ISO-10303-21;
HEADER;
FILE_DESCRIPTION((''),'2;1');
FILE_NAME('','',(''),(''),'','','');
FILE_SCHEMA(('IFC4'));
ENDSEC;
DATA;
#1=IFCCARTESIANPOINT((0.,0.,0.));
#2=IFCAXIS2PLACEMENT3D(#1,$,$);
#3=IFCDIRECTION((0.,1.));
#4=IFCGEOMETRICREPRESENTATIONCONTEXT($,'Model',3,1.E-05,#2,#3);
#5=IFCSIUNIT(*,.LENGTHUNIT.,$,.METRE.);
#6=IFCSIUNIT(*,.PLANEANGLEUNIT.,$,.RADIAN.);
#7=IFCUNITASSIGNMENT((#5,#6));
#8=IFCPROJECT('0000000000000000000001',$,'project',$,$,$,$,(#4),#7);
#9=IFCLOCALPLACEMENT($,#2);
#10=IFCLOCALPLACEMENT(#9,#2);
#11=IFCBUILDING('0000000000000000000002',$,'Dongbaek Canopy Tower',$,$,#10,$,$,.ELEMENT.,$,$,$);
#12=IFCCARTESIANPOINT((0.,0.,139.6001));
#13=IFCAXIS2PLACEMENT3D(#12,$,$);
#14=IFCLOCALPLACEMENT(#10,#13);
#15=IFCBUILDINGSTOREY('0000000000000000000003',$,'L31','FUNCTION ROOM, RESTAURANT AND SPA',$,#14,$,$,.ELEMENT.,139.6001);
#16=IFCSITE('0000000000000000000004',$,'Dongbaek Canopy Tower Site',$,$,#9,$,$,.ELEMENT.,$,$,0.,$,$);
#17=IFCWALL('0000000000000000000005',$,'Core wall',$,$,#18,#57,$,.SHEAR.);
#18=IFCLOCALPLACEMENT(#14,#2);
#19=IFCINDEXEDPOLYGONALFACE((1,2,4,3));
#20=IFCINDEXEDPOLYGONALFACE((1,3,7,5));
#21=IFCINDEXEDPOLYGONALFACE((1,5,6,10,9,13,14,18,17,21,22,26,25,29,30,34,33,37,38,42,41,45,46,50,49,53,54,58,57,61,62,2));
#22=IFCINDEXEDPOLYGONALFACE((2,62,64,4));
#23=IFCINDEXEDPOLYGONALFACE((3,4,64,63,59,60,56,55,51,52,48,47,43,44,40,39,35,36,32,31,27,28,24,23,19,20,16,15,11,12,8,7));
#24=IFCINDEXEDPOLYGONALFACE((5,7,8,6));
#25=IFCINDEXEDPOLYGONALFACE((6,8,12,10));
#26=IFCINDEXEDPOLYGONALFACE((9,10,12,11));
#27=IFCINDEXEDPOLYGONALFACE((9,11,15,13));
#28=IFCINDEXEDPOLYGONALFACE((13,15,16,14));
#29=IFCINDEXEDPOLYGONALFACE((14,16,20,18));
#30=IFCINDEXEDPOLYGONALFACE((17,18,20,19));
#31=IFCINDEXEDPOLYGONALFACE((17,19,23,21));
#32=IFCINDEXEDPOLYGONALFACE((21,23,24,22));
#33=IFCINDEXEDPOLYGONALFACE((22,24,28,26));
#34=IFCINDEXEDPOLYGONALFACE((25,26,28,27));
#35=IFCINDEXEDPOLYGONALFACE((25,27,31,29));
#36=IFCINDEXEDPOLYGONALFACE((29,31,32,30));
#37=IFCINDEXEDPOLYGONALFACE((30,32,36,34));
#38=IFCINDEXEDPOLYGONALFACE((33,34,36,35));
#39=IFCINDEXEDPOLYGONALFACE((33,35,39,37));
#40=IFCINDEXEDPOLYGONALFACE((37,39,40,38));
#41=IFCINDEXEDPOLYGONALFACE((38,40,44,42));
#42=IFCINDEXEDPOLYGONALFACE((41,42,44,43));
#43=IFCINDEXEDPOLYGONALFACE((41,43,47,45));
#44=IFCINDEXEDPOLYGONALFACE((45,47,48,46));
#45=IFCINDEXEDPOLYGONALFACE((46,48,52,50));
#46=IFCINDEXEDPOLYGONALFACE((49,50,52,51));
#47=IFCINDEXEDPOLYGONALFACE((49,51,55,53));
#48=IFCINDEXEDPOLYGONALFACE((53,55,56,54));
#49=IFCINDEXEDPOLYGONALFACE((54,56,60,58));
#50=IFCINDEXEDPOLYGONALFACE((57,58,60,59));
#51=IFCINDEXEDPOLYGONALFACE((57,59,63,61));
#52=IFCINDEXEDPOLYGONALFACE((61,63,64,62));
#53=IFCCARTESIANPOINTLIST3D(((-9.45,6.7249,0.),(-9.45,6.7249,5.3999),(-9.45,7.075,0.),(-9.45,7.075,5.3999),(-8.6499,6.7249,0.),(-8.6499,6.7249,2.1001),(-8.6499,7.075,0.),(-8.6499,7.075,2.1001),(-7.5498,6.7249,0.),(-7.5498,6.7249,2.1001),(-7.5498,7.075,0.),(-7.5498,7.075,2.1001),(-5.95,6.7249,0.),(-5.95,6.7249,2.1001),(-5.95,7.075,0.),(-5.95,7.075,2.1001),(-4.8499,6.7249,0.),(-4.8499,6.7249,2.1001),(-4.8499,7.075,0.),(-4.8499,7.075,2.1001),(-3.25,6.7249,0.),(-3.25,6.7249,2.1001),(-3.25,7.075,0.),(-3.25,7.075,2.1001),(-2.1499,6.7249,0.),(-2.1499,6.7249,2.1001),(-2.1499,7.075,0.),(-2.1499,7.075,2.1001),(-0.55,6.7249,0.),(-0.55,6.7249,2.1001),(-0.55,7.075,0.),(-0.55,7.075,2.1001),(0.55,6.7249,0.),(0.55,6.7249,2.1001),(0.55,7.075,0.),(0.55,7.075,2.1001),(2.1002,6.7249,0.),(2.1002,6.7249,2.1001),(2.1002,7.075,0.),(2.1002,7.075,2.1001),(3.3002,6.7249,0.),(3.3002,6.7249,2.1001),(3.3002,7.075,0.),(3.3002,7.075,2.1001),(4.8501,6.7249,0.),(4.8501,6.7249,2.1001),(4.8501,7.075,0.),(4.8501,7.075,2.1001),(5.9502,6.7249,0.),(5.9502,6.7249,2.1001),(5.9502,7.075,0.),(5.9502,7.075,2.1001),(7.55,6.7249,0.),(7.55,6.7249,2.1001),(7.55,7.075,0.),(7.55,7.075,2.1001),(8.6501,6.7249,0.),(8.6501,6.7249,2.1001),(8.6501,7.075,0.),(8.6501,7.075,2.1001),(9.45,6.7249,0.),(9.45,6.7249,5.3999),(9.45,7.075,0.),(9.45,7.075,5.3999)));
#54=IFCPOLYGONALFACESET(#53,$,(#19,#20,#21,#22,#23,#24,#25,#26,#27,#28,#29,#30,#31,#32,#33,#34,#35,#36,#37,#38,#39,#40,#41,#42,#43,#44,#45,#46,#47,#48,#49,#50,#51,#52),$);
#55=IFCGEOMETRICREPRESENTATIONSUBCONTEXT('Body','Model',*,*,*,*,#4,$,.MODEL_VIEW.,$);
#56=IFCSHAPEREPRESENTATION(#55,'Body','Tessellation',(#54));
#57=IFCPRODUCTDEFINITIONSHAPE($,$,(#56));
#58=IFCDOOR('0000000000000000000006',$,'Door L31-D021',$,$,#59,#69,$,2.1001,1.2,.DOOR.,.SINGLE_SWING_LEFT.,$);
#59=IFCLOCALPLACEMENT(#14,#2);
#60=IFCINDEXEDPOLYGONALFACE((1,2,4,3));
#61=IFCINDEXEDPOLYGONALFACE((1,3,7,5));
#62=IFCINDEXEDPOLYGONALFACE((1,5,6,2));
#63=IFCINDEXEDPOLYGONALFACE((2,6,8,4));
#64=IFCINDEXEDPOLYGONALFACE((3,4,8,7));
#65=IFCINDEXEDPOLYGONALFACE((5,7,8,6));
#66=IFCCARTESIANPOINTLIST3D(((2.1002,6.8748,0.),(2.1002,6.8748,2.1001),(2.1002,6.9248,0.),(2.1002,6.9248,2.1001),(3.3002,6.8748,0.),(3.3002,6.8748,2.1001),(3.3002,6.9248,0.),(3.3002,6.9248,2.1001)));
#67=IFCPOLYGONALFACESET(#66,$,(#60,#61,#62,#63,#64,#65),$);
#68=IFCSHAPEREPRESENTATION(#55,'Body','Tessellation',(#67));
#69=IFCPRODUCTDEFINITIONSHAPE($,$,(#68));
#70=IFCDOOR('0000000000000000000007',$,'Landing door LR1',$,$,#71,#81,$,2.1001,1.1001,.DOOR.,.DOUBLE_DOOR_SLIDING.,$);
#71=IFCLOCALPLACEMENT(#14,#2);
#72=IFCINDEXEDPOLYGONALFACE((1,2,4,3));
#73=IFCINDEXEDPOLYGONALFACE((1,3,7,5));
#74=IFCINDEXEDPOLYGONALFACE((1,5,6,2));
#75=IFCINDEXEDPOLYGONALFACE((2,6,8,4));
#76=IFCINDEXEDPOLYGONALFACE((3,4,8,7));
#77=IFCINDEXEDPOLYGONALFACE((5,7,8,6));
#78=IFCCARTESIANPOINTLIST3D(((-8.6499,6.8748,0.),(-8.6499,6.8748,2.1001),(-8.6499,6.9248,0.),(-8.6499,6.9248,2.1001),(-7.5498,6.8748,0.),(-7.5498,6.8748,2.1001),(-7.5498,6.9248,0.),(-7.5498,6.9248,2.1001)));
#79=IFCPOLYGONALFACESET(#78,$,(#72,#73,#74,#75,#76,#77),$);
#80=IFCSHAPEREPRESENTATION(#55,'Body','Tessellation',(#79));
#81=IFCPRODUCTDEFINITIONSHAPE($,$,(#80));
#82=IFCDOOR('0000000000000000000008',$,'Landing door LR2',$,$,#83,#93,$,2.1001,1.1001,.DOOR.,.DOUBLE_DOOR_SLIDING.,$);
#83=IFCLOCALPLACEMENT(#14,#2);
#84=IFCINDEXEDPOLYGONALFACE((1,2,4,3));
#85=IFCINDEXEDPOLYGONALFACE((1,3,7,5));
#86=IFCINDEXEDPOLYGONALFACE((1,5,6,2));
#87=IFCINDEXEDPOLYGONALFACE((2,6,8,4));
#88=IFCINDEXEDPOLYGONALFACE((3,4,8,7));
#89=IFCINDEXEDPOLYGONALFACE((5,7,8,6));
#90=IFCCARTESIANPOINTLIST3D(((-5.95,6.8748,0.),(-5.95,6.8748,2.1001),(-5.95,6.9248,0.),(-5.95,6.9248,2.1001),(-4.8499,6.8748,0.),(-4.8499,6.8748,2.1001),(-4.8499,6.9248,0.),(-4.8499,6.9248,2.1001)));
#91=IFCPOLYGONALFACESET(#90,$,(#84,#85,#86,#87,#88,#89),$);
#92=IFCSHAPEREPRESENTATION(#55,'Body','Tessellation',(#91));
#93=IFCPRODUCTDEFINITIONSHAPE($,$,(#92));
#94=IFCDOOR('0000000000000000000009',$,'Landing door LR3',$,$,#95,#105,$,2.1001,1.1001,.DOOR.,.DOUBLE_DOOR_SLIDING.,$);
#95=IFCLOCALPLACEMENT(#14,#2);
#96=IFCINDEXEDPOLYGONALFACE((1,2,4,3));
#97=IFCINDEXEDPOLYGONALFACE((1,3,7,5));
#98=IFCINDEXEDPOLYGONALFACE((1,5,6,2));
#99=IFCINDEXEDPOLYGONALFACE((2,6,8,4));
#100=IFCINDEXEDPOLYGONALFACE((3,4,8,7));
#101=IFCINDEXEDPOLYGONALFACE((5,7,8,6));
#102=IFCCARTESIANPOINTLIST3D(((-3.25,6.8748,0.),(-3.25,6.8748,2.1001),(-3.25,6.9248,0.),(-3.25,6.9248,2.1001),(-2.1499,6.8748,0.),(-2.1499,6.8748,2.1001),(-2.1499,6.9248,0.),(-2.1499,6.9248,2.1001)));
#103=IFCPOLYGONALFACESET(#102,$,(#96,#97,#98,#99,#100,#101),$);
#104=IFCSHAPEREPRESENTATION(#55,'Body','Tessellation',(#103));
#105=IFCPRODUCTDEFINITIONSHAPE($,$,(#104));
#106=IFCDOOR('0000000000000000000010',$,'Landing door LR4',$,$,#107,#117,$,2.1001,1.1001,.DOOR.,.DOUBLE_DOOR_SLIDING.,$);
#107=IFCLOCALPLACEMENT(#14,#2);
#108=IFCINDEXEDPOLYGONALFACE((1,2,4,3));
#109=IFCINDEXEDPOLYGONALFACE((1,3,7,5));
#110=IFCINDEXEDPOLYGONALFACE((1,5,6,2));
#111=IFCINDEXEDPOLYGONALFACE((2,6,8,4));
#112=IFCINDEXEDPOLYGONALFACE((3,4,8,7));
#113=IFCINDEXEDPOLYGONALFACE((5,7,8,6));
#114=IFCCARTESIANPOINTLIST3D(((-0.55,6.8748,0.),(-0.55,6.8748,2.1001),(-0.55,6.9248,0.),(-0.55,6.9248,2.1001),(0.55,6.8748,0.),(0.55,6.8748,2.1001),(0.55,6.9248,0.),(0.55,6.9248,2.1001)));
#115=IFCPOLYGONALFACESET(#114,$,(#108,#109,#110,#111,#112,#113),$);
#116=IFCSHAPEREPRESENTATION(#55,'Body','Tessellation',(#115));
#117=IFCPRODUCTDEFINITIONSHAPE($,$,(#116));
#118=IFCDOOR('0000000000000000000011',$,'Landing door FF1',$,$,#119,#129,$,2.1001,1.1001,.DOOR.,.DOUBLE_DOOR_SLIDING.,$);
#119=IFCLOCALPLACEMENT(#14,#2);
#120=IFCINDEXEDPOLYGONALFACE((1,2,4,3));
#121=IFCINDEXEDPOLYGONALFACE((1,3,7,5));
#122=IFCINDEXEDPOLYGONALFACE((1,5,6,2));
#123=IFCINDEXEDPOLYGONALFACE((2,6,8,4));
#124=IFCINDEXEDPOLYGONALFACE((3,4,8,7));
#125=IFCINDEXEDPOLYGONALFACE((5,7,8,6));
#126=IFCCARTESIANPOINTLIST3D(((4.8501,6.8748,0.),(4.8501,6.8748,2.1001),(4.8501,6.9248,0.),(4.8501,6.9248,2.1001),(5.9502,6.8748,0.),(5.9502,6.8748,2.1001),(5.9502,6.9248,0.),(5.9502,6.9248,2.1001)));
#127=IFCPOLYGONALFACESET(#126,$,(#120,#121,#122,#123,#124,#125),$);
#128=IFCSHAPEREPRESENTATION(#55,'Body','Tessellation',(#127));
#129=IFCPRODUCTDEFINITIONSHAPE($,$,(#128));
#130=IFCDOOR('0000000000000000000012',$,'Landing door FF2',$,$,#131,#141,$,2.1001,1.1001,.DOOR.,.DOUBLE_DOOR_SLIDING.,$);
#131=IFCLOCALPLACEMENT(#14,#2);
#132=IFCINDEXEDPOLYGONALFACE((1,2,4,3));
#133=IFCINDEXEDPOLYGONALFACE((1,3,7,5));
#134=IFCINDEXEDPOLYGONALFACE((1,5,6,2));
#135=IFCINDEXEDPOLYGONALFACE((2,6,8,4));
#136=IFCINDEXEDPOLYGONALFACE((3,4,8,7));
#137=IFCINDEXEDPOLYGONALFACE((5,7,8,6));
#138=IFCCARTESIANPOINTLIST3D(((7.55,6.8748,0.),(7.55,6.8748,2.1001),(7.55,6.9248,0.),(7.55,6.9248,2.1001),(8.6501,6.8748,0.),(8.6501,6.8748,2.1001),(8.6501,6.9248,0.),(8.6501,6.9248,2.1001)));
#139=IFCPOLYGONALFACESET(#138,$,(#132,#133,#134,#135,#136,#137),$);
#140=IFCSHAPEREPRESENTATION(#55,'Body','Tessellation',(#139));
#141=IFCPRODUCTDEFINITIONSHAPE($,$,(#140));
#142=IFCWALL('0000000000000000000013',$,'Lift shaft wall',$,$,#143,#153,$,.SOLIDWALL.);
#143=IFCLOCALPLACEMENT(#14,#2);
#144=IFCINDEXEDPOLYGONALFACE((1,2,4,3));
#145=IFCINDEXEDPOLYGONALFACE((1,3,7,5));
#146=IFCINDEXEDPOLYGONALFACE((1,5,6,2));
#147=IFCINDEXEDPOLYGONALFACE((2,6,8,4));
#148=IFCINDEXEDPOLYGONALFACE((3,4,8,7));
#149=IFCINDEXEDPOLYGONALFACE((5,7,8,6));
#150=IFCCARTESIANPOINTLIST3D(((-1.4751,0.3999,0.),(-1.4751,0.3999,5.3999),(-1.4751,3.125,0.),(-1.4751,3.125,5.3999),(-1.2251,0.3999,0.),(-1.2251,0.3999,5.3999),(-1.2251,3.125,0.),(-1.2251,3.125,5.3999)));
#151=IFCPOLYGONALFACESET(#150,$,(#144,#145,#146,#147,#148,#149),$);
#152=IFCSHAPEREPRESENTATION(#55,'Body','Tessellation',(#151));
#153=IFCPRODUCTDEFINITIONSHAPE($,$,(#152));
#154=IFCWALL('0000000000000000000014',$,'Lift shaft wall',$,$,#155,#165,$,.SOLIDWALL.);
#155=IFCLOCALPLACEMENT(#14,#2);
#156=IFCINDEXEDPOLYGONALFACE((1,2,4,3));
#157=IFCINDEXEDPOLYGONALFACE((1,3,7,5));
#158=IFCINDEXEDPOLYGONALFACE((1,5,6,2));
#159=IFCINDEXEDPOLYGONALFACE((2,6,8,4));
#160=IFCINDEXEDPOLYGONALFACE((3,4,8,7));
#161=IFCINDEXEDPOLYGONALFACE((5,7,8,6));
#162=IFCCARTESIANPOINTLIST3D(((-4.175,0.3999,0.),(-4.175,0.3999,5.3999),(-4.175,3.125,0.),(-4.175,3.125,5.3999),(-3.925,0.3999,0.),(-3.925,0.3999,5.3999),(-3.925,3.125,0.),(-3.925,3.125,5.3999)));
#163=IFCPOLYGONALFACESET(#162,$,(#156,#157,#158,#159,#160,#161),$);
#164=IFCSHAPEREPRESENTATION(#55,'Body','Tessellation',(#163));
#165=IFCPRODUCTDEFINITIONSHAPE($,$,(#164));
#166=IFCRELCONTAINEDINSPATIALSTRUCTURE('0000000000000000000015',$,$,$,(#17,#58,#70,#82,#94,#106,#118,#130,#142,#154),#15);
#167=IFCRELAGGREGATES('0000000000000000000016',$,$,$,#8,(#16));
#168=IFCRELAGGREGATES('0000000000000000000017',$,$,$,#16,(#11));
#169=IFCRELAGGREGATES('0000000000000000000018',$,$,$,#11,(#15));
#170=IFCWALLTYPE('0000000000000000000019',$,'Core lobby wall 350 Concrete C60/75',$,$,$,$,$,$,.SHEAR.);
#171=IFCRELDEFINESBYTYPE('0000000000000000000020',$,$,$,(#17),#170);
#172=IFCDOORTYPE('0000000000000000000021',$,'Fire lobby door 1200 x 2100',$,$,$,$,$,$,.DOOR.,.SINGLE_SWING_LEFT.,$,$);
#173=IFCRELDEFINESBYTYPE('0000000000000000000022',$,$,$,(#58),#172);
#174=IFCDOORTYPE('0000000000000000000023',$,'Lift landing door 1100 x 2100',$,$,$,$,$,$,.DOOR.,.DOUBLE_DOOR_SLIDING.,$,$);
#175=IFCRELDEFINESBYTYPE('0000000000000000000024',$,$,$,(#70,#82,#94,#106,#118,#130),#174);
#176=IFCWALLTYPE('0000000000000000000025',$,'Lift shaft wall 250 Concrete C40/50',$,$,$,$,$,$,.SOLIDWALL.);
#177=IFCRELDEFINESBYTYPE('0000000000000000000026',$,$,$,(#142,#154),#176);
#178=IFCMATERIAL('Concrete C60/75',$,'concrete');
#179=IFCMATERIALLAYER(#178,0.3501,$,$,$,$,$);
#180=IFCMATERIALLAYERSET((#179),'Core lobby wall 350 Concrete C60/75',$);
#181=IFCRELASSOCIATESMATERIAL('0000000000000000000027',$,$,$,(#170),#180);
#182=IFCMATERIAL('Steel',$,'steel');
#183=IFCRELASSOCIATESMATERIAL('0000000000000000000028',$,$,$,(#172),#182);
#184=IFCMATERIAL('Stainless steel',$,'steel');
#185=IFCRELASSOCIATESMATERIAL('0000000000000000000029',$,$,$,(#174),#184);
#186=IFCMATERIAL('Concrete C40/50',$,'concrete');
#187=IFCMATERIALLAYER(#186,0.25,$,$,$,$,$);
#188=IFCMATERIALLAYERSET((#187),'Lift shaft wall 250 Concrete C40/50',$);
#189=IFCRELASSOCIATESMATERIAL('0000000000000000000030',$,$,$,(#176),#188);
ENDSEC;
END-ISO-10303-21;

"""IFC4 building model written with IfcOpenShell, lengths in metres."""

from ifc_helpers import new_model, si_unit, direction, frame, frame_2d, origin, place, context, subcontext, project, spatial, rectangle, extrude, material, layer, layer_set, type_object, element, fill, save


model = new_model("IFC4")

# Units and contexts
model_context = context("Model", 3, precision=1e-05, world=origin(), true_north=direction((0.0, 1.0)))
body_context = subcontext(model_context, "Body", "Model", "MODEL_VIEW")
ifc_project = project(units=[si_unit("LENGTHUNIT", "METRE"), si_unit("PLANEANGLEUNIT", "RADIAN")], contexts=[model_context])

# Site, building, storey
site_placement = place(None, origin())
site = spatial("IfcSite", under=ifc_project, at=site_placement, Name="Dongbaek Canopy Tower Site", CompositionType="ELEMENT", RefElevation=0.0)
building_placement = place(site_placement, origin())
building = spatial("IfcBuilding", under=site, at=building_placement, Name="Dongbaek Canopy Tower", CompositionType="ELEMENT")
storey_placement = place(building_placement, frame((0.0, 0.0, 139.6001)))
storey = spatial("IfcBuildingStorey", under=building, at=storey_placement, Name="L31", Description="FUNCTION ROOM, RESTAURANT AND SPA", CompositionType="ELEMENT", Elevation=139.6001)

# Wall, openings, doors
ifc_material_1 = material(Name="Concrete C60/75", Category="concrete")
ifc_layer_1 = layer(ifc_material_1, 0.3501)
ifc_layer_set_1 = layer_set([ifc_layer_1], Name="Core lobby wall 350 Concrete C60/75")
wall_type_1 = type_object("IfcWallType", Name="Core lobby wall 350 Concrete C60/75", PredefinedType="SHEAR", material=ifc_layer_set_1)
wall_1_placement = place(storey_placement, frame((-9.45, 6.8999, 0.0), z_axis=(0.0, 0.0, 1.0), x_axis=(1.0, 0.0, 0.0)))
wall_1 = element("IfcWall", 1, at=wall_1_placement, inside=storey, type_object=wall_type_1, Name="Core wall", PredefinedType="SHEAR", context=body_context, shape_type="SweptSolid", body=[
    extrude(rectangle(XDim=18.8999, YDim=0.3501, at=frame_2d((9.45, 0.0))), origin(), (0.0, 0.0, 1.0), 5.3999),
])
opening_1_placement = place(wall_1_placement, frame((0.8, 0.0, 0.0)))
opening_1 = element("IfcOpeningElement", 2, at=opening_1_placement, cuts=wall_1, PredefinedType="OPENING", context=body_context, shape_type="SweptSolid", body=[
    extrude(rectangle(XDim=1.1001, YDim=2.1001, at=frame_2d((0.55, 1.05))), frame((0.0, 0.1851, 0.0), z_axis=(0.0, -1.0, 0.0), x_axis=(1.0, 0.0, 0.0)), (0.0, 0.0, 1.0), 0.3701),
])
opening_2_placement = place(wall_1_placement, frame((3.5, 0.0, 0.0)))
opening_2 = element("IfcOpeningElement", 3, at=opening_2_placement, cuts=wall_1, PredefinedType="OPENING", context=body_context, shape_type="SweptSolid", body=[
    extrude(rectangle(XDim=1.1001, YDim=2.1001, at=frame_2d((0.55, 1.05))), frame((0.0, 0.1851, 0.0), z_axis=(0.0, -1.0, 0.0), x_axis=(1.0, 0.0, 0.0)), (0.0, 0.0, 1.0), 0.3701),
])
opening_3_placement = place(wall_1_placement, frame((6.2, 0.0, 0.0)))
opening_3 = element("IfcOpeningElement", 4, at=opening_3_placement, cuts=wall_1, PredefinedType="OPENING", context=body_context, shape_type="SweptSolid", body=[
    extrude(rectangle(XDim=1.1001, YDim=2.1001, at=frame_2d((0.55, 1.05))), frame((0.0, 0.1851, 0.0), z_axis=(0.0, -1.0, 0.0), x_axis=(1.0, 0.0, 0.0)), (0.0, 0.0, 1.0), 0.3701),
])
opening_4_placement = place(wall_1_placement, frame((8.8999, 0.0, 0.0)))
opening_4 = element("IfcOpeningElement", 5, at=opening_4_placement, cuts=wall_1, PredefinedType="OPENING", context=body_context, shape_type="SweptSolid", body=[
    extrude(rectangle(XDim=1.1001, YDim=2.1001, at=frame_2d((0.55, 1.05))), frame((0.0, 0.1851, 0.0), z_axis=(0.0, -1.0, 0.0), x_axis=(1.0, 0.0, 0.0)), (0.0, 0.0, 1.0), 0.3701),
])
opening_5_placement = place(wall_1_placement, frame((11.55, 0.0, 0.0)))
opening_5 = element("IfcOpeningElement", 6, at=opening_5_placement, cuts=wall_1, PredefinedType="OPENING", context=body_context, shape_type="SweptSolid", body=[
    extrude(rectangle(XDim=1.2, YDim=2.1001, at=frame_2d((0.6001, 1.05))), frame((0.0, 0.1851, 0.0), z_axis=(0.0, -1.0, 0.0), x_axis=(1.0, 0.0, 0.0)), (0.0, 0.0, 1.0), 0.3701),
])
opening_6_placement = place(wall_1_placement, frame((14.3, 0.0, 0.0)))
opening_6 = element("IfcOpeningElement", 7, at=opening_6_placement, cuts=wall_1, PredefinedType="OPENING", context=body_context, shape_type="SweptSolid", body=[
    extrude(rectangle(XDim=1.1001, YDim=2.1001, at=frame_2d((0.55, 1.05))), frame((0.0, 0.1851, 0.0), z_axis=(0.0, -1.0, 0.0), x_axis=(1.0, 0.0, 0.0)), (0.0, 0.0, 1.0), 0.3701),
])
opening_7_placement = place(wall_1_placement, frame((17.0, 0.0, 0.0)))
opening_7 = element("IfcOpeningElement", 8, at=opening_7_placement, cuts=wall_1, PredefinedType="OPENING", context=body_context, shape_type="SweptSolid", body=[
    extrude(rectangle(XDim=1.1001, YDim=2.1001, at=frame_2d((0.55, 1.05))), frame((0.0, 0.1851, 0.0), z_axis=(0.0, -1.0, 0.0), x_axis=(1.0, 0.0, 0.0)), (0.0, 0.0, 1.0), 0.3701),
])
ifc_material_2 = material(Name="Steel", Category="steel")
door_type_1 = type_object("IfcDoorType", Name="Fire lobby door 1200 x 2100", OperationType="SINGLE_SWING_LEFT", PredefinedType="DOOR", material=ifc_material_2)
door_1_placement = place(opening_5_placement, origin())
door_1 = element("IfcDoor", 9, at=door_1_placement, inside=storey, type_object=door_type_1, Name="Door L31-D021", OperationType="SINGLE_SWING_LEFT", OverallHeight=2.1001, OverallWidth=1.2, PredefinedType="DOOR", context=body_context, shape_type="SweptSolid", body=[
    extrude(rectangle(XDim=1.2, YDim=2.1001, at=frame_2d((0.6001, 1.05))), frame((0.0, 0.0249, 0.0), z_axis=(0.0, -1.0, 0.0), x_axis=(1.0, 0.0, 0.0)), (0.0, 0.0, 1.0), 0.05),
])
fill(opening_5, door_1)
ifc_material_3 = material(Name="Stainless steel", Category="steel")
door_type_2 = type_object("IfcDoorType", Name="Lift landing door 1100 x 2100", OperationType="DOUBLE_DOOR_SLIDING", PredefinedType="DOOR", material=ifc_material_3)
door_2_placement = place(opening_1_placement, origin())
door_2 = element("IfcDoor", 10, at=door_2_placement, inside=storey, type_object=door_type_2, Name="Landing door LR1", OperationType="DOUBLE_DOOR_SLIDING", OverallHeight=2.1001, OverallWidth=1.1001, PredefinedType="DOOR", context=body_context, shape_type="SweptSolid", body=[
    extrude(rectangle(XDim=1.1001, YDim=2.1001, at=frame_2d((0.55, 1.05))), frame((0.0, 0.0249, 0.0), z_axis=(0.0, -1.0, 0.0), x_axis=(1.0, 0.0, 0.0)), (0.0, 0.0, 1.0), 0.05),
])
fill(opening_1, door_2)
door_3_placement = place(opening_2_placement, origin())
door_3 = element("IfcDoor", 11, at=door_3_placement, inside=storey, type_object=door_type_2, Name="Landing door LR2", OperationType="DOUBLE_DOOR_SLIDING", OverallHeight=2.1001, OverallWidth=1.1001, PredefinedType="DOOR", context=body_context, shape_type="SweptSolid", body=[
    extrude(rectangle(XDim=1.1001, YDim=2.1001, at=frame_2d((0.55, 1.05))), frame((0.0, 0.0249, 0.0), z_axis=(0.0, -1.0, 0.0), x_axis=(1.0, 0.0, 0.0)), (0.0, 0.0, 1.0), 0.05),
])
fill(opening_2, door_3)
door_4_placement = place(opening_3_placement, origin())
door_4 = element("IfcDoor", 12, at=door_4_placement, inside=storey, type_object=door_type_2, Name="Landing door LR3", OperationType="DOUBLE_DOOR_SLIDING", OverallHeight=2.1001, OverallWidth=1.1001, PredefinedType="DOOR", context=body_context, shape_type="SweptSolid", body=[
    extrude(rectangle(XDim=1.1001, YDim=2.1001, at=frame_2d((0.55, 1.05))), frame((0.0, 0.0249, 0.0), z_axis=(0.0, -1.0, 0.0), x_axis=(1.0, 0.0, 0.0)), (0.0, 0.0, 1.0), 0.05),
])
fill(opening_3, door_4)
door_5_placement = place(opening_4_placement, origin())
door_5 = element("IfcDoor", 13, at=door_5_placement, inside=storey, type_object=door_type_2, Name="Landing door LR4", OperationType="DOUBLE_DOOR_SLIDING", OverallHeight=2.1001, OverallWidth=1.1001, PredefinedType="DOOR", context=body_context, shape_type="SweptSolid", body=[
    extrude(rectangle(XDim=1.1001, YDim=2.1001, at=frame_2d((0.55, 1.05))), frame((0.0, 0.0249, 0.0), z_axis=(0.0, -1.0, 0.0), x_axis=(1.0, 0.0, 0.0)), (0.0, 0.0, 1.0), 0.05),
])
fill(opening_4, door_5)
door_6_placement = place(opening_6_placement, origin())
door_6 = element("IfcDoor", 14, at=door_6_placement, inside=storey, type_object=door_type_2, Name="Landing door FF1", OperationType="DOUBLE_DOOR_SLIDING", OverallHeight=2.1001, OverallWidth=1.1001, PredefinedType="DOOR", context=body_context, shape_type="SweptSolid", body=[
    extrude(rectangle(XDim=1.1001, YDim=2.1001, at=frame_2d((0.55, 1.05))), frame((0.0, 0.0249, 0.0), z_axis=(0.0, -1.0, 0.0), x_axis=(1.0, 0.0, 0.0)), (0.0, 0.0, 1.0), 0.05),
])
fill(opening_6, door_6)
door_7_placement = place(opening_7_placement, origin())
door_7 = element("IfcDoor", 15, at=door_7_placement, inside=storey, type_object=door_type_2, Name="Landing door FF2", OperationType="DOUBLE_DOOR_SLIDING", OverallHeight=2.1001, OverallWidth=1.1001, PredefinedType="DOOR", context=body_context, shape_type="SweptSolid", body=[
    extrude(rectangle(XDim=1.1001, YDim=2.1001, at=frame_2d((0.55, 1.05))), frame((0.0, 0.0249, 0.0), z_axis=(0.0, -1.0, 0.0), x_axis=(1.0, 0.0, 0.0)), (0.0, 0.0, 1.0), 0.05),
])
fill(opening_7, door_7)

# Walls
ifc_material_4 = material(Name="Concrete C40/50", Category="concrete")
ifc_layer_2 = layer(ifc_material_4, 0.25)
ifc_layer_set_2 = layer_set([ifc_layer_2], Name="Lift shaft wall 250 Concrete C40/50")
wall_type_2 = type_object("IfcWallType", Name="Lift shaft wall 250 Concrete C40/50", PredefinedType="SOLIDWALL", material=ifc_layer_set_2)
for number, where, z_axis, x_axis, name in (
    (16, (-1.3501, 0.3999, 0.0), (0.0, 0.0, 1.0), (0.0, 1.0, 0.0), "Lift shaft wall"),
    (17, (-4.05, 0.3999, 0.0), (0.0, 0.0, 1.0), (0.0, 1.0, 0.0), "Lift shaft wall"),
):
    element("IfcWall", number, at=place(storey_placement, frame(where, z_axis=z_axis, x_axis=x_axis)), inside=storey, type_object=wall_type_2, Name=name, PredefinedType="SOLIDWALL", context=body_context, shape_type="SweptSolid", body=[
        extrude(rectangle(XDim=2.7251, YDim=0.25, at=frame_2d((1.3625, 0.0))), origin(), (0.0, 0.0, 1.0), 5.3999),
    ])

save(model, "model.ifc")
